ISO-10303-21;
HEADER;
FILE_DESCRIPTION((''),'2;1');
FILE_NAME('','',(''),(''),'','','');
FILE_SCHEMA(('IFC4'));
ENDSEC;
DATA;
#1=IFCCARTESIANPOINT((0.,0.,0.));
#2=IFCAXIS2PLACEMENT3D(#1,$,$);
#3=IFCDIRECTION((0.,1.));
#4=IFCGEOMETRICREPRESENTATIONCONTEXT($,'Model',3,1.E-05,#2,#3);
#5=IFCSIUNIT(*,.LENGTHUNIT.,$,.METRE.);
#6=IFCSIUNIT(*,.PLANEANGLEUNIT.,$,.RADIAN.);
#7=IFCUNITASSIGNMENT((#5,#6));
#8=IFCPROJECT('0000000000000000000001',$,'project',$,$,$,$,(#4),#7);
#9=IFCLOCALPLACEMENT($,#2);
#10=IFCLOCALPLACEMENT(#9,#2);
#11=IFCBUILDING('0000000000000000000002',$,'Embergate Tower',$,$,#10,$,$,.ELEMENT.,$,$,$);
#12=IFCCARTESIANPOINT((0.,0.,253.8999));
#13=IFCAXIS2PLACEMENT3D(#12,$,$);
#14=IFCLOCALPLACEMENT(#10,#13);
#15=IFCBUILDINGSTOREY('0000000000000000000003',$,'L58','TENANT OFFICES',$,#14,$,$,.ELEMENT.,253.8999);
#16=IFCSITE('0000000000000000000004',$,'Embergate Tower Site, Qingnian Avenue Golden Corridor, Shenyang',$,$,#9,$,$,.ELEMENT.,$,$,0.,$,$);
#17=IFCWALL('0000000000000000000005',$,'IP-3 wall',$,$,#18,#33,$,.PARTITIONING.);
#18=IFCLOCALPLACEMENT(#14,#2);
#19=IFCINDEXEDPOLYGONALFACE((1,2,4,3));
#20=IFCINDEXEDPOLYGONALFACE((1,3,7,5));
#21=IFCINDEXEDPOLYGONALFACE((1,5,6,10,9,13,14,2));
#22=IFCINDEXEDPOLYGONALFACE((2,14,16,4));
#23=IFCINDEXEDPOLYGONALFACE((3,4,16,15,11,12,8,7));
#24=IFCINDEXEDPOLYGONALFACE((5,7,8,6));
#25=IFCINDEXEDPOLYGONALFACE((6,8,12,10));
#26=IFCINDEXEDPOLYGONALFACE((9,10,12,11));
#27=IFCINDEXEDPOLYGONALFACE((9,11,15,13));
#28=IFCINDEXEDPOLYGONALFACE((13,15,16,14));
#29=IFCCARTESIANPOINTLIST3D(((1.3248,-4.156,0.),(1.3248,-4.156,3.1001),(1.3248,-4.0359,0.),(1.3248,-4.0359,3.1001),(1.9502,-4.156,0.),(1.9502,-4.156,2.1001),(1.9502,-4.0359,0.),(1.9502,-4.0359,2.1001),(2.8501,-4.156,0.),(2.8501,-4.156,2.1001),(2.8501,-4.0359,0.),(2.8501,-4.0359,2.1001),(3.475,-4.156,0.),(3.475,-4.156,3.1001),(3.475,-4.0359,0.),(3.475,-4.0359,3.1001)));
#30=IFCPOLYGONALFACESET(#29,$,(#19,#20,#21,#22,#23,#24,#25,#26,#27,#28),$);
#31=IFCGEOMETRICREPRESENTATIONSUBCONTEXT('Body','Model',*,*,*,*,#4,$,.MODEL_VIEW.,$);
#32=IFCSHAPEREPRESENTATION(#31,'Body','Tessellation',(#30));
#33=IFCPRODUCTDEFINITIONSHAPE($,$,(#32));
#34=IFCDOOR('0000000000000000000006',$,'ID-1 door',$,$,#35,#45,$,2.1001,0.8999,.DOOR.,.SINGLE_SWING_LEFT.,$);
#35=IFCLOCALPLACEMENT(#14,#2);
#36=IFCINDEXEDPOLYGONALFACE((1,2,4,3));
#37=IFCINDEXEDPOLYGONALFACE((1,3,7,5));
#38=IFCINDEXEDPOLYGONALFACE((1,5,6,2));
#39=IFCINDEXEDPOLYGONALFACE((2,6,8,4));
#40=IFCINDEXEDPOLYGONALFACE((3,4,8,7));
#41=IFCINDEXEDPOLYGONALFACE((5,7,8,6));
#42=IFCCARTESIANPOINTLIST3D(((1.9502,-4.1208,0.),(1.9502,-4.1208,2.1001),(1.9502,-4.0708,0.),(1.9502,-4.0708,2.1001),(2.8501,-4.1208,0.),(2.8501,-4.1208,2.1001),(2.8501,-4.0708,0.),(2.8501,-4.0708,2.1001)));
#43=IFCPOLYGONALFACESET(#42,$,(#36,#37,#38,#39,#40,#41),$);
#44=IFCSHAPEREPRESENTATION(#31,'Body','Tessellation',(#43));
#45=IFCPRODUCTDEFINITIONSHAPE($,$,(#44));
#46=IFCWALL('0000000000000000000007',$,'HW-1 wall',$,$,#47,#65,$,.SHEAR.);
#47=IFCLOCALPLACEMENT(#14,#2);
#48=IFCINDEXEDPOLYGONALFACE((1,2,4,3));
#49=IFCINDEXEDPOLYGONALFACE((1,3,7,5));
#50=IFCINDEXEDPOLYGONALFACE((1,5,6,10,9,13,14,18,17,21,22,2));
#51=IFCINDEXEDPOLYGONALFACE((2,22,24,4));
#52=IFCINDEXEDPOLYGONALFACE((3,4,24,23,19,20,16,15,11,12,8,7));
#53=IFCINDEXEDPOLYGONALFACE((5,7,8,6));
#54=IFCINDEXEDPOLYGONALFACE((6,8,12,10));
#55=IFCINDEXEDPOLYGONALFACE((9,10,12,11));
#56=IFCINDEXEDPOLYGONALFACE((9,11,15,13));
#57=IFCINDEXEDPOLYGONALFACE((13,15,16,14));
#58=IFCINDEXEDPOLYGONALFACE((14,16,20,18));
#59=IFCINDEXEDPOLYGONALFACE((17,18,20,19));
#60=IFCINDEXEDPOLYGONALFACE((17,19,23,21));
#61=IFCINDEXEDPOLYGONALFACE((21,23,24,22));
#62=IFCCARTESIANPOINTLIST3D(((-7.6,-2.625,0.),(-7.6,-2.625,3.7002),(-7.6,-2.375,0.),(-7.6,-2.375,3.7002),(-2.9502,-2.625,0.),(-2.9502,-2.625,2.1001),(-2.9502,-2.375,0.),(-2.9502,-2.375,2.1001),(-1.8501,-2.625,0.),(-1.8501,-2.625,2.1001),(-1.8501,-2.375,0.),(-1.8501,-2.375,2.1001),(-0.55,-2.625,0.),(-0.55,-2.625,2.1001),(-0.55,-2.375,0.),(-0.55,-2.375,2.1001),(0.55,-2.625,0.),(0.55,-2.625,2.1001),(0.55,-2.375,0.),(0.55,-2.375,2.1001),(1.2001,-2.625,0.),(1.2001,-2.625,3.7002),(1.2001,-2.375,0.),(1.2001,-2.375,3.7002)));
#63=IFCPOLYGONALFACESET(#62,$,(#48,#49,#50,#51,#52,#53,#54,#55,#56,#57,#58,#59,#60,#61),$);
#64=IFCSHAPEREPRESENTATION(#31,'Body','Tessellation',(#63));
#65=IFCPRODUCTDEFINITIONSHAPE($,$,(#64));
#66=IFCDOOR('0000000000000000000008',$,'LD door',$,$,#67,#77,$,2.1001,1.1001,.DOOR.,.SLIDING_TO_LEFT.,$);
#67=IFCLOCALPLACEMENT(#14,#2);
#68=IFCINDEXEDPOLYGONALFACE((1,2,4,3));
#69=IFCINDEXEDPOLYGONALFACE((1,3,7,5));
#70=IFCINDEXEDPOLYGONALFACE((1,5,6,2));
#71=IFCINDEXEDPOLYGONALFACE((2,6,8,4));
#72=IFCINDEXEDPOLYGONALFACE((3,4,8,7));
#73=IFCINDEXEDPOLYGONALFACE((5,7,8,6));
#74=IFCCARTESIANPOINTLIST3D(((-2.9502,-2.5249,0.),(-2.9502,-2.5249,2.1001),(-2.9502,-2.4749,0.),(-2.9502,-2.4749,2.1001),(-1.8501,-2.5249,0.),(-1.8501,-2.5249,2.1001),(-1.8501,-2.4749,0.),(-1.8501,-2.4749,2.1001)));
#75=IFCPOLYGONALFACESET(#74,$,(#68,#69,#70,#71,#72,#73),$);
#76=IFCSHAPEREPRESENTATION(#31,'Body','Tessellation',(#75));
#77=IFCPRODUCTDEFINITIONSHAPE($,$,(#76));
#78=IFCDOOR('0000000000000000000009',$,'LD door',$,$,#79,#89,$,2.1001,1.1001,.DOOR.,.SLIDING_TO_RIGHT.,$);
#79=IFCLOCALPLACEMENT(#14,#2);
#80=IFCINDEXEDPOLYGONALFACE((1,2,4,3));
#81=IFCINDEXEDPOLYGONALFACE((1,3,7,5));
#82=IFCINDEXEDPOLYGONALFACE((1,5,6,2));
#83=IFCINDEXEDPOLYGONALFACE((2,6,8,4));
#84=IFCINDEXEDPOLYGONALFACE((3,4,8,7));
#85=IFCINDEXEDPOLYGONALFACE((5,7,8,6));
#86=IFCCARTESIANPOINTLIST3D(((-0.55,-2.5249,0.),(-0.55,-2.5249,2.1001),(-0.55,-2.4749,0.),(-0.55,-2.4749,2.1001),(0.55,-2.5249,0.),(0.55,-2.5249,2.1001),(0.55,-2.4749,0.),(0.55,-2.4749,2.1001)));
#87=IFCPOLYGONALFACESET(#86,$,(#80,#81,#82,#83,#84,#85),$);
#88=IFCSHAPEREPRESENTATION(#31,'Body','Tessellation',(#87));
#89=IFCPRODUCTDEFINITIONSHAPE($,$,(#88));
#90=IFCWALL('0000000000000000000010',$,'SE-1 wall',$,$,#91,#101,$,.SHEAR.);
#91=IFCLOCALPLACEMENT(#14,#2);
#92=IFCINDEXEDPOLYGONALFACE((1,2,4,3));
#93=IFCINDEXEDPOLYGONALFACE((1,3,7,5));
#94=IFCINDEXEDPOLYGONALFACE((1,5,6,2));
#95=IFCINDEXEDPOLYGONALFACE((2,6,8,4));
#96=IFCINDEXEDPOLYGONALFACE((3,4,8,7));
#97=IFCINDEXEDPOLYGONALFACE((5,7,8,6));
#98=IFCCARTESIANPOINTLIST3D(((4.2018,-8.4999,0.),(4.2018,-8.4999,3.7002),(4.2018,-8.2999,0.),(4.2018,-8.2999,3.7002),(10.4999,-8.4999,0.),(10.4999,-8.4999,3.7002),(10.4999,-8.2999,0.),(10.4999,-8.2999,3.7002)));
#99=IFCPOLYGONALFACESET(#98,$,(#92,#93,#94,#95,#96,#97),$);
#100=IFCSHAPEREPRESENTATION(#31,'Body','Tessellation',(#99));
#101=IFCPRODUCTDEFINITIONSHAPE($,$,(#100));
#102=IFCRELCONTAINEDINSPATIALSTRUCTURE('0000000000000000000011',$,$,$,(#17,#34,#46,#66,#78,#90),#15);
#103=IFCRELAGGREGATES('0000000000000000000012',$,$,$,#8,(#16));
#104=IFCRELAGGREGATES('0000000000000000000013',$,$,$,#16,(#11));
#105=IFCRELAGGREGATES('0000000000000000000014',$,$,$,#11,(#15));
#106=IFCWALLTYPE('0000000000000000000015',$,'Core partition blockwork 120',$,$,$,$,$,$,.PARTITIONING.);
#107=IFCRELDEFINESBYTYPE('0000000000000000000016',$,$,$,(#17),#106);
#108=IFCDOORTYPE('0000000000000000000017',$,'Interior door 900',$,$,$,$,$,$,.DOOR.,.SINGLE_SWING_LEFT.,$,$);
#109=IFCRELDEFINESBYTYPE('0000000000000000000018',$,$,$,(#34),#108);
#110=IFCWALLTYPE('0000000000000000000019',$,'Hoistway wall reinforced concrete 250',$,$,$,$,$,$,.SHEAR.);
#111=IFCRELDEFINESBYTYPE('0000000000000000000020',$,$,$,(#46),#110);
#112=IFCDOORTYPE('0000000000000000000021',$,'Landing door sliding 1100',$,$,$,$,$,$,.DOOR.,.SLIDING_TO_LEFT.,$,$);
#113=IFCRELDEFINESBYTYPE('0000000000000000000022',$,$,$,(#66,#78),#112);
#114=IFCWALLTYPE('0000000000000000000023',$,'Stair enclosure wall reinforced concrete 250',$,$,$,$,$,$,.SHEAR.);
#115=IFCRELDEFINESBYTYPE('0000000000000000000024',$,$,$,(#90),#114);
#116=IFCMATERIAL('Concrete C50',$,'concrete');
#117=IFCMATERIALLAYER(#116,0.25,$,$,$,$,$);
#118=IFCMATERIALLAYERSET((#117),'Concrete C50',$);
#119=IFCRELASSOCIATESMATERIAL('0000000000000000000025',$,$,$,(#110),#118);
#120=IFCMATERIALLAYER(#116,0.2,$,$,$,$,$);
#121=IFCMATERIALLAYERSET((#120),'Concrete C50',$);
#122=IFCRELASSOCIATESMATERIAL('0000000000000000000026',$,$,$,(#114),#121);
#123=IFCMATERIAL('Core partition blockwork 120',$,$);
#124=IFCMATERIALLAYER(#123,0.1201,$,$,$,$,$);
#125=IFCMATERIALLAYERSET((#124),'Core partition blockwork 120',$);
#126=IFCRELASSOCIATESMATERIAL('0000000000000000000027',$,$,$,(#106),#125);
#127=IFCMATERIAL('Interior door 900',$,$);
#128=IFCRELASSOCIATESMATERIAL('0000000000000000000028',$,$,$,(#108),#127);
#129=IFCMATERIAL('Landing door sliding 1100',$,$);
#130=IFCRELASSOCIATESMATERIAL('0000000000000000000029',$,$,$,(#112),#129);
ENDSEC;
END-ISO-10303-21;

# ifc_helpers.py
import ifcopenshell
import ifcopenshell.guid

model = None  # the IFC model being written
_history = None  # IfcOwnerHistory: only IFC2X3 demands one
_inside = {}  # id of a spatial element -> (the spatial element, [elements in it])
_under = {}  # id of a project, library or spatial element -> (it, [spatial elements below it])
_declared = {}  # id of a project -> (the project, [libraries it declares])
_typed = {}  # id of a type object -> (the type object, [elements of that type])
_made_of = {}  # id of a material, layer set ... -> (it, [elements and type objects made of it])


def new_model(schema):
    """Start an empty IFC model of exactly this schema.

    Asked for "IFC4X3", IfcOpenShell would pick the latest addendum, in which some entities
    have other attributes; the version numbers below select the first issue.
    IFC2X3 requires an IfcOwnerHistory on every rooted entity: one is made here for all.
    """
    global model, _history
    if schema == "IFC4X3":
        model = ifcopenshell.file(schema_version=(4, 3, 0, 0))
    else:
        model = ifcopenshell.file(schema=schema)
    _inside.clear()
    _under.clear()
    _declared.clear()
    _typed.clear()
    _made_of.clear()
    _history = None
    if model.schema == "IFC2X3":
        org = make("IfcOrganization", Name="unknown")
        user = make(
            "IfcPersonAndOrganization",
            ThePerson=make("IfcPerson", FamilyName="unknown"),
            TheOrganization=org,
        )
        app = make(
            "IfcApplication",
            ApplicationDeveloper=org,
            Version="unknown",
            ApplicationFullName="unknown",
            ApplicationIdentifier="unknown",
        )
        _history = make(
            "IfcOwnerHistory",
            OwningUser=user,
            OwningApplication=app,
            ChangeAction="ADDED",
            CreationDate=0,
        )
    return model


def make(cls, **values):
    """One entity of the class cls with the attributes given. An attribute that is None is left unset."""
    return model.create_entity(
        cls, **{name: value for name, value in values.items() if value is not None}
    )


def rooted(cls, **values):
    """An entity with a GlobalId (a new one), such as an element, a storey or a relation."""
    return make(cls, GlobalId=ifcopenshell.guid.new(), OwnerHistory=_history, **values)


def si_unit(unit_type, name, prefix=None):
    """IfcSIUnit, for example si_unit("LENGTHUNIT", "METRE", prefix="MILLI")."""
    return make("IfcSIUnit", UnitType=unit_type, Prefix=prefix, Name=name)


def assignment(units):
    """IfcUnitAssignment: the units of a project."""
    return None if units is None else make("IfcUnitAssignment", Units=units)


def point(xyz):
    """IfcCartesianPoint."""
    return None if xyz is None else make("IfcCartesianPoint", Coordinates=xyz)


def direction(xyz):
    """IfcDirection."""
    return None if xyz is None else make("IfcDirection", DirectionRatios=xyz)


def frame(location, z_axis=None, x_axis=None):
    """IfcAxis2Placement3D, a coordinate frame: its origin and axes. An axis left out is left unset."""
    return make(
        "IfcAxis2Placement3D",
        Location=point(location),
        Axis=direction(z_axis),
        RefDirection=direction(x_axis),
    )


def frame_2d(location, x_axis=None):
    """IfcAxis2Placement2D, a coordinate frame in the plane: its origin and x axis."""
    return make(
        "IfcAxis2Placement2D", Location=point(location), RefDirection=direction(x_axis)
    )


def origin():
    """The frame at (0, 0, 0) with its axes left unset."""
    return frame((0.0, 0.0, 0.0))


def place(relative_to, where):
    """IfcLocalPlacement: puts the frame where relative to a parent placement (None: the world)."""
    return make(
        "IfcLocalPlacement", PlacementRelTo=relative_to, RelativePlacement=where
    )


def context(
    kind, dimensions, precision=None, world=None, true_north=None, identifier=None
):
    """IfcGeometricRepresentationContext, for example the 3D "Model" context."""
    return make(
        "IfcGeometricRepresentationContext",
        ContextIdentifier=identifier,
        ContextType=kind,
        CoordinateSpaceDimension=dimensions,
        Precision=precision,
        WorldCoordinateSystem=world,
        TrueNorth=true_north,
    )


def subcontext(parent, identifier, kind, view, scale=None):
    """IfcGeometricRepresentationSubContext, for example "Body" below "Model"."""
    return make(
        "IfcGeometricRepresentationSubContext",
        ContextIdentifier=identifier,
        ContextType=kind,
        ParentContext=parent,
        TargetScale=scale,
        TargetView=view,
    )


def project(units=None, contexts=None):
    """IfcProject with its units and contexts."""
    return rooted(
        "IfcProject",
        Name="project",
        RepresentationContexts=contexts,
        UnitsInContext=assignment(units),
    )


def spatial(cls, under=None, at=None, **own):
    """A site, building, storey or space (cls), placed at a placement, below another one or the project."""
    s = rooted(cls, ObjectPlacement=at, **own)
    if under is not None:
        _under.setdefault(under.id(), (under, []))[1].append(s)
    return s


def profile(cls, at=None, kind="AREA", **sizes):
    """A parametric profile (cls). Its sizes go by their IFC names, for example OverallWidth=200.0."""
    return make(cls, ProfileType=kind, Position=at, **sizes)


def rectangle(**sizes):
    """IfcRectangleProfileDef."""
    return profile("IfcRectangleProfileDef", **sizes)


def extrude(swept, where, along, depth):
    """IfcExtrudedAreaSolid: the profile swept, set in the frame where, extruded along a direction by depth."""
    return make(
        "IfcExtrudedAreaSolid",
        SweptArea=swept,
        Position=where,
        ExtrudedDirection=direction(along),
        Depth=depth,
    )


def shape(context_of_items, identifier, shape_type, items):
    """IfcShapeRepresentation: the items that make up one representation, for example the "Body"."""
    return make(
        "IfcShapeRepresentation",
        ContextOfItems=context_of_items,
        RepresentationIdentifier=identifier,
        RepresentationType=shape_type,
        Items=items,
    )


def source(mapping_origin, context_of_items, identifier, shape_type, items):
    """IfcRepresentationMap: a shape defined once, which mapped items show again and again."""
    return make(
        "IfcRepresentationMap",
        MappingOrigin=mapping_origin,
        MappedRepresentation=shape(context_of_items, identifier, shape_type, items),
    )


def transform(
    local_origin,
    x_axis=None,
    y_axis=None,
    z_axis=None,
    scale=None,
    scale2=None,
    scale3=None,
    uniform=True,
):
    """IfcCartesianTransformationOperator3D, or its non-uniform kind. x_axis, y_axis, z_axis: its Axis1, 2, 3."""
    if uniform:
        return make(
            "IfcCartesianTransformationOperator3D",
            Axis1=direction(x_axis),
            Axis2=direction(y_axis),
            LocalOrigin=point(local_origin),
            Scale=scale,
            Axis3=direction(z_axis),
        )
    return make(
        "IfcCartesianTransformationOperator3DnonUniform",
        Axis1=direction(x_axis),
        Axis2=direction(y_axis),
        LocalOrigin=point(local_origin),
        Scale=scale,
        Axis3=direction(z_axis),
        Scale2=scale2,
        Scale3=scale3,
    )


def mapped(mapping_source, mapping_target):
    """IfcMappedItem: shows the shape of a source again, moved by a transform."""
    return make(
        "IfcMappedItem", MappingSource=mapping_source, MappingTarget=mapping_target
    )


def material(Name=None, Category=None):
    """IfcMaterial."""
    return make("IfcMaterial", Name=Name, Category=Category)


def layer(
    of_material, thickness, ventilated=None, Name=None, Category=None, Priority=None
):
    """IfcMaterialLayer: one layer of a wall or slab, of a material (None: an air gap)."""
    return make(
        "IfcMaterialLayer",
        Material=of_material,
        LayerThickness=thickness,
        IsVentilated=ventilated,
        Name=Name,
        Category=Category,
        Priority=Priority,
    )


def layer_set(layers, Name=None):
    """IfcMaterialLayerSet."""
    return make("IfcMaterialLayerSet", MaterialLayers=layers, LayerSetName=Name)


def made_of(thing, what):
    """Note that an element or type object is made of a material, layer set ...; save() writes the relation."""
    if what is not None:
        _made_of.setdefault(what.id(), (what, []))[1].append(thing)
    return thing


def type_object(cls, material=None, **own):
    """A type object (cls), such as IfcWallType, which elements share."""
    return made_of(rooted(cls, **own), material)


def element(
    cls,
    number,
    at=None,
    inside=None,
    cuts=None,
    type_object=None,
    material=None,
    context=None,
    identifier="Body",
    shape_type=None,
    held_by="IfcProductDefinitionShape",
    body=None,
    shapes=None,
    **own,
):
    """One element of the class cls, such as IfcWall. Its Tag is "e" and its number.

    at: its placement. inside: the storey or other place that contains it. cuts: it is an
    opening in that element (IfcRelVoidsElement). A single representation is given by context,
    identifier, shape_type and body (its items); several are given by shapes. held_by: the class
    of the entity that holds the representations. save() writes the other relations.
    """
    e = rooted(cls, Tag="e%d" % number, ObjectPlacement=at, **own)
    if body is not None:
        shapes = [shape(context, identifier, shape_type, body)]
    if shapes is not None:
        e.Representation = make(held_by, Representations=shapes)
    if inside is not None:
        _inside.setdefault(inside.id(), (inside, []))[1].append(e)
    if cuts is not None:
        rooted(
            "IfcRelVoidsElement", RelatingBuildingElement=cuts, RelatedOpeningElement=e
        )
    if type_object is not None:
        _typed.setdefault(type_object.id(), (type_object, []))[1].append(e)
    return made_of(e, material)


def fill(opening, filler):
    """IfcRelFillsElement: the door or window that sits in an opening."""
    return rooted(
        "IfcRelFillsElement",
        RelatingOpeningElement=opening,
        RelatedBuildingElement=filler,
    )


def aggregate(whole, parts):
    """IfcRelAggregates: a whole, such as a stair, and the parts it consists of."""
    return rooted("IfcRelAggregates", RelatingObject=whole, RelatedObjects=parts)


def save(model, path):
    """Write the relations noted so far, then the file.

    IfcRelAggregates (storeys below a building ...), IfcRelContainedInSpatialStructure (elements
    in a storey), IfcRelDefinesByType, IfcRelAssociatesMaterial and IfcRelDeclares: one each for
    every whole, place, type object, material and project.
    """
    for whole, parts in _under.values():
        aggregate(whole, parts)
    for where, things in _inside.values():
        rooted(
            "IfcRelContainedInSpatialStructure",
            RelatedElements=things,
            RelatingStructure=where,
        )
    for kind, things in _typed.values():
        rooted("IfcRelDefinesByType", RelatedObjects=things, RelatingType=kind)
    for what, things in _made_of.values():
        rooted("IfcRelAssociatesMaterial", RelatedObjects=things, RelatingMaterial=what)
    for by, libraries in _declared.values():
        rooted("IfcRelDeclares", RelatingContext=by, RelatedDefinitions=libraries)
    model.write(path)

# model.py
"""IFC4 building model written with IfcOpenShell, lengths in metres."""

from ifc_helpers import new_model, si_unit, direction, frame, frame_2d, origin, place, context, subcontext, project, spatial, rectangle, extrude, source, transform, mapped, material, layer, layer_set, type_object, element, fill, save


model = new_model("IFC4")

# Units and contexts
model_context = context("Model", 3, precision=1e-05, world=origin(), true_north=direction((0.0, 1.0)))
body_context = subcontext(model_context, "Body", "Model", "MODEL_VIEW")
ifc_project = project(units=[si_unit("LENGTHUNIT", "METRE"), si_unit("PLANEANGLEUNIT", "RADIAN")], contexts=[model_context])

# Site, building, storey
site_placement = place(None, origin())
site = spatial("IfcSite", under=ifc_project, at=site_placement, Name="Embergate Tower Site, Qingnian Avenue Golden Corridor, Shenyang", CompositionType="ELEMENT", RefElevation=0.0)
building_placement = place(site_placement, origin())
building = spatial("IfcBuilding", under=site, at=building_placement, Name="Embergate Tower", CompositionType="ELEMENT")
storey_placement = place(building_placement, frame((0.0, 0.0, 253.8999)))
storey = spatial("IfcBuildingStorey", under=building, at=storey_placement, Name="L58", Description="TENANT OFFICES", CompositionType="ELEMENT", Elevation=253.8999)

# Shared definitions
ifc_material_1 = material(Name="Concrete C50", Category="concrete")
ifc_layer_1 = layer(ifc_material_1, 0.25)
ifc_layer_set_1 = layer_set([ifc_layer_1], Name="Concrete C50")
wall_type_1 = type_object("IfcWallType", Name="Hoistway wall reinforced concrete 250", PredefinedType="SHEAR", material=ifc_layer_set_1)
ifc_layer_2 = layer(ifc_material_1, 0.2)
ifc_layer_set_2 = layer_set([ifc_layer_2], Name="Concrete C50")
wall_type_2 = type_object("IfcWallType", Name="Stair enclosure wall reinforced concrete 250", PredefinedType="SHEAR", material=ifc_layer_set_2)

# Shared definitions
ifc_material_2 = material(Name="Core partition blockwork 120")
ifc_layer_3 = layer(ifc_material_2, 0.1201)
ifc_layer_set_3 = layer_set([ifc_layer_3], Name="Core partition blockwork 120")
wall_type_3 = type_object("IfcWallType", Name="Core partition blockwork 120", PredefinedType="PARTITIONING", material=ifc_layer_set_3)
shared_shape_1 = source(origin(), body_context, "Body", "SweptSolid", [
    extrude(rectangle(XDim=0.8999, YDim=2.1001, at=frame_2d((0.45, 1.05))), frame((0.0, 0.0701, 0.0), z_axis=(0.0, -1.0, 0.0), x_axis=(1.0, 0.0, 0.0)), (0.0, 0.0, 1.0), 0.1401),
])
ifc_material_3 = material(Name="Interior door 900")
door_type_1 = type_object("IfcDoorType", Name="Interior door 900", OperationType="SINGLE_SWING_LEFT", PredefinedType="DOOR", material=ifc_material_3)
shared_shape_2 = source(origin(), body_context, "Body", "SweptSolid", [
    extrude(rectangle(XDim=0.8999, YDim=2.1001, at=frame_2d((0.45, 1.05))), frame((0.0, 0.0249, 0.0), z_axis=(0.0, -1.0, 0.0), x_axis=(1.0, 0.0, 0.0)), (0.0, 0.0, 1.0), 0.05),
])

# Wall, opening, door
shared_shape_3 = source(origin(), body_context, "Body", "SweptSolid", [
    extrude(rectangle(XDim=2.1501, YDim=0.1201, at=frame_2d((1.0752, 0.0))), origin(), (0.0, 0.0, 1.0), 3.1001),
])
wall_1_placement = place(storey_placement, frame((3.4751, -4.0959, 0.0), z_axis=(0.0, 0.0, 1.0), x_axis=(-1.0, 0.0, 0.0)))
wall_1 = element("IfcWall", 1, at=wall_1_placement, inside=storey, type_object=wall_type_3, Name="IP-3 wall", PredefinedType="PARTITIONING", context=body_context, shape_type="MappedRepresentation", body=[
    mapped(shared_shape_3, transform((0.0, 0.0, 0.0))),
])
opening_1_placement = place(wall_1_placement, frame((0.625, 0.0, 0.0)))
opening_1 = element("IfcOpeningElement", 2, at=opening_1_placement, cuts=wall_1, PredefinedType="OPENING", context=body_context, shape_type="MappedRepresentation", body=[
    mapped(shared_shape_1, transform((0.0, 0.0, 0.0))),
])
door_1_placement = place(opening_1_placement, origin())
door_1 = element("IfcDoor", 3, at=door_1_placement, inside=storey, type_object=door_type_1, Name="ID-1 door", OperationType="SINGLE_SWING_LEFT", OverallHeight=2.1001, OverallWidth=0.8999, PredefinedType="DOOR", context=body_context, shape_type="MappedRepresentation", body=[
    mapped(shared_shape_2, transform((0.0, 0.0, 0.0))),
])
fill(opening_1, door_1)

# Wall, openings, doors
shared_shape_4 = source(origin(), body_context, "Body", "SweptSolid", [
    extrude(rectangle(XDim=8.8, YDim=0.25, at=frame_2d((4.3999, 0.0))), origin(), (0.0, 0.0, 1.0), 3.7002),
])
wall_2_placement = place(storey_placement, frame((1.2, -2.5, 0.0), z_axis=(0.0, 0.0, 1.0), x_axis=(-1.0, 0.0, 0.0)))
wall_2 = element("IfcWall", 4, at=wall_2_placement, inside=storey, type_object=wall_type_1, Name="HW-1 wall", PredefinedType="SHEAR", context=body_context, shape_type="MappedRepresentation", body=[
    mapped(shared_shape_4, transform((0.0, 0.0, 0.0))),
])
shared_shape_5 = source(origin(), body_context, "Body", "SweptSolid", [
    extrude(rectangle(XDim=1.1001, YDim=2.1001, at=frame_2d((0.55, 1.05))), frame((0.0, 0.135, 0.0), z_axis=(0.0, -1.0, 0.0), x_axis=(1.0, 0.0, 0.0)), (0.0, 0.0, 1.0), 0.27),
])
opening_2_placement = place(wall_2_placement, frame((3.05, 0.0, 0.0)))
opening_2 = element("IfcOpeningElement", 5, at=opening_2_placement, cuts=wall_2, PredefinedType="OPENING", context=body_context, shape_type="MappedRepresentation", body=[
    mapped(shared_shape_5, transform((0.0, 0.0, 0.0))),
])
opening_3_placement = place(wall_2_placement, frame((0.6499, 0.0, 0.0)))
opening_3 = element("IfcOpeningElement", 6, at=opening_3_placement, cuts=wall_2, PredefinedType="OPENING", context=body_context, shape_type="MappedRepresentation", body=[
    mapped(shared_shape_5, transform((0.0, 0.0, 0.0))),
])
ifc_material_4 = material(Name="Landing door sliding 1100")
door_type_2 = type_object("IfcDoorType", Name="Landing door sliding 1100", OperationType="SLIDING_TO_LEFT", PredefinedType="DOOR", material=ifc_material_4)
shared_shape_6 = source(origin(), body_context, "Body", "SweptSolid", [
    extrude(rectangle(XDim=1.1001, YDim=2.1001, at=frame_2d((0.55, 1.05))), frame((0.0, 0.0249, 0.0), z_axis=(0.0, -1.0, 0.0), x_axis=(1.0, 0.0, 0.0)), (0.0, 0.0, 1.0), 0.05),
])
door_2_placement = place(opening_2_placement, origin())
door_2 = element("IfcDoor", 7, at=door_2_placement, inside=storey, type_object=door_type_2, Name="LD door", OperationType="SLIDING_TO_LEFT", OverallHeight=2.1001, OverallWidth=1.1001, PredefinedType="DOOR", context=body_context, shape_type="MappedRepresentation", body=[
    mapped(shared_shape_6, transform((0.0, 0.0, 0.0))),
])
fill(opening_2, door_2)
door_3_placement = place(opening_3_placement, origin())
door_3 = element("IfcDoor", 8, at=door_3_placement, inside=storey, type_object=door_type_2, Name="LD door", OperationType="SLIDING_TO_RIGHT", OverallHeight=2.1001, OverallWidth=1.1001, PredefinedType="DOOR", context=body_context, shape_type="MappedRepresentation", body=[
    mapped(shared_shape_6, transform((0.0, 0.0, 0.0))),
])
fill(opening_3, door_3)

# Wall
shared_shape_7 = source(origin(), body_context, "Body", "SweptSolid", [
    extrude(rectangle(XDim=6.2981, YDim=0.2, at=frame_2d((3.1489, 0.0))), origin(), (0.0, 0.0, 1.0), 3.7002),
])
wall_3_placement = place(storey_placement, frame((4.2019, -8.3999, 0.0), z_axis=(0.0, 0.0, 1.0), x_axis=(1.0, 0.0, 0.0)))
element("IfcWall", 9, at=wall_3_placement, inside=storey, type_object=wall_type_2, Name="SE-1 wall", PredefinedType="SHEAR", context=body_context, shape_type="MappedRepresentation", body=[
    mapped(shared_shape_7, transform((0.0, 0.0, 0.0))),
])

save(model, "model.ifc")
